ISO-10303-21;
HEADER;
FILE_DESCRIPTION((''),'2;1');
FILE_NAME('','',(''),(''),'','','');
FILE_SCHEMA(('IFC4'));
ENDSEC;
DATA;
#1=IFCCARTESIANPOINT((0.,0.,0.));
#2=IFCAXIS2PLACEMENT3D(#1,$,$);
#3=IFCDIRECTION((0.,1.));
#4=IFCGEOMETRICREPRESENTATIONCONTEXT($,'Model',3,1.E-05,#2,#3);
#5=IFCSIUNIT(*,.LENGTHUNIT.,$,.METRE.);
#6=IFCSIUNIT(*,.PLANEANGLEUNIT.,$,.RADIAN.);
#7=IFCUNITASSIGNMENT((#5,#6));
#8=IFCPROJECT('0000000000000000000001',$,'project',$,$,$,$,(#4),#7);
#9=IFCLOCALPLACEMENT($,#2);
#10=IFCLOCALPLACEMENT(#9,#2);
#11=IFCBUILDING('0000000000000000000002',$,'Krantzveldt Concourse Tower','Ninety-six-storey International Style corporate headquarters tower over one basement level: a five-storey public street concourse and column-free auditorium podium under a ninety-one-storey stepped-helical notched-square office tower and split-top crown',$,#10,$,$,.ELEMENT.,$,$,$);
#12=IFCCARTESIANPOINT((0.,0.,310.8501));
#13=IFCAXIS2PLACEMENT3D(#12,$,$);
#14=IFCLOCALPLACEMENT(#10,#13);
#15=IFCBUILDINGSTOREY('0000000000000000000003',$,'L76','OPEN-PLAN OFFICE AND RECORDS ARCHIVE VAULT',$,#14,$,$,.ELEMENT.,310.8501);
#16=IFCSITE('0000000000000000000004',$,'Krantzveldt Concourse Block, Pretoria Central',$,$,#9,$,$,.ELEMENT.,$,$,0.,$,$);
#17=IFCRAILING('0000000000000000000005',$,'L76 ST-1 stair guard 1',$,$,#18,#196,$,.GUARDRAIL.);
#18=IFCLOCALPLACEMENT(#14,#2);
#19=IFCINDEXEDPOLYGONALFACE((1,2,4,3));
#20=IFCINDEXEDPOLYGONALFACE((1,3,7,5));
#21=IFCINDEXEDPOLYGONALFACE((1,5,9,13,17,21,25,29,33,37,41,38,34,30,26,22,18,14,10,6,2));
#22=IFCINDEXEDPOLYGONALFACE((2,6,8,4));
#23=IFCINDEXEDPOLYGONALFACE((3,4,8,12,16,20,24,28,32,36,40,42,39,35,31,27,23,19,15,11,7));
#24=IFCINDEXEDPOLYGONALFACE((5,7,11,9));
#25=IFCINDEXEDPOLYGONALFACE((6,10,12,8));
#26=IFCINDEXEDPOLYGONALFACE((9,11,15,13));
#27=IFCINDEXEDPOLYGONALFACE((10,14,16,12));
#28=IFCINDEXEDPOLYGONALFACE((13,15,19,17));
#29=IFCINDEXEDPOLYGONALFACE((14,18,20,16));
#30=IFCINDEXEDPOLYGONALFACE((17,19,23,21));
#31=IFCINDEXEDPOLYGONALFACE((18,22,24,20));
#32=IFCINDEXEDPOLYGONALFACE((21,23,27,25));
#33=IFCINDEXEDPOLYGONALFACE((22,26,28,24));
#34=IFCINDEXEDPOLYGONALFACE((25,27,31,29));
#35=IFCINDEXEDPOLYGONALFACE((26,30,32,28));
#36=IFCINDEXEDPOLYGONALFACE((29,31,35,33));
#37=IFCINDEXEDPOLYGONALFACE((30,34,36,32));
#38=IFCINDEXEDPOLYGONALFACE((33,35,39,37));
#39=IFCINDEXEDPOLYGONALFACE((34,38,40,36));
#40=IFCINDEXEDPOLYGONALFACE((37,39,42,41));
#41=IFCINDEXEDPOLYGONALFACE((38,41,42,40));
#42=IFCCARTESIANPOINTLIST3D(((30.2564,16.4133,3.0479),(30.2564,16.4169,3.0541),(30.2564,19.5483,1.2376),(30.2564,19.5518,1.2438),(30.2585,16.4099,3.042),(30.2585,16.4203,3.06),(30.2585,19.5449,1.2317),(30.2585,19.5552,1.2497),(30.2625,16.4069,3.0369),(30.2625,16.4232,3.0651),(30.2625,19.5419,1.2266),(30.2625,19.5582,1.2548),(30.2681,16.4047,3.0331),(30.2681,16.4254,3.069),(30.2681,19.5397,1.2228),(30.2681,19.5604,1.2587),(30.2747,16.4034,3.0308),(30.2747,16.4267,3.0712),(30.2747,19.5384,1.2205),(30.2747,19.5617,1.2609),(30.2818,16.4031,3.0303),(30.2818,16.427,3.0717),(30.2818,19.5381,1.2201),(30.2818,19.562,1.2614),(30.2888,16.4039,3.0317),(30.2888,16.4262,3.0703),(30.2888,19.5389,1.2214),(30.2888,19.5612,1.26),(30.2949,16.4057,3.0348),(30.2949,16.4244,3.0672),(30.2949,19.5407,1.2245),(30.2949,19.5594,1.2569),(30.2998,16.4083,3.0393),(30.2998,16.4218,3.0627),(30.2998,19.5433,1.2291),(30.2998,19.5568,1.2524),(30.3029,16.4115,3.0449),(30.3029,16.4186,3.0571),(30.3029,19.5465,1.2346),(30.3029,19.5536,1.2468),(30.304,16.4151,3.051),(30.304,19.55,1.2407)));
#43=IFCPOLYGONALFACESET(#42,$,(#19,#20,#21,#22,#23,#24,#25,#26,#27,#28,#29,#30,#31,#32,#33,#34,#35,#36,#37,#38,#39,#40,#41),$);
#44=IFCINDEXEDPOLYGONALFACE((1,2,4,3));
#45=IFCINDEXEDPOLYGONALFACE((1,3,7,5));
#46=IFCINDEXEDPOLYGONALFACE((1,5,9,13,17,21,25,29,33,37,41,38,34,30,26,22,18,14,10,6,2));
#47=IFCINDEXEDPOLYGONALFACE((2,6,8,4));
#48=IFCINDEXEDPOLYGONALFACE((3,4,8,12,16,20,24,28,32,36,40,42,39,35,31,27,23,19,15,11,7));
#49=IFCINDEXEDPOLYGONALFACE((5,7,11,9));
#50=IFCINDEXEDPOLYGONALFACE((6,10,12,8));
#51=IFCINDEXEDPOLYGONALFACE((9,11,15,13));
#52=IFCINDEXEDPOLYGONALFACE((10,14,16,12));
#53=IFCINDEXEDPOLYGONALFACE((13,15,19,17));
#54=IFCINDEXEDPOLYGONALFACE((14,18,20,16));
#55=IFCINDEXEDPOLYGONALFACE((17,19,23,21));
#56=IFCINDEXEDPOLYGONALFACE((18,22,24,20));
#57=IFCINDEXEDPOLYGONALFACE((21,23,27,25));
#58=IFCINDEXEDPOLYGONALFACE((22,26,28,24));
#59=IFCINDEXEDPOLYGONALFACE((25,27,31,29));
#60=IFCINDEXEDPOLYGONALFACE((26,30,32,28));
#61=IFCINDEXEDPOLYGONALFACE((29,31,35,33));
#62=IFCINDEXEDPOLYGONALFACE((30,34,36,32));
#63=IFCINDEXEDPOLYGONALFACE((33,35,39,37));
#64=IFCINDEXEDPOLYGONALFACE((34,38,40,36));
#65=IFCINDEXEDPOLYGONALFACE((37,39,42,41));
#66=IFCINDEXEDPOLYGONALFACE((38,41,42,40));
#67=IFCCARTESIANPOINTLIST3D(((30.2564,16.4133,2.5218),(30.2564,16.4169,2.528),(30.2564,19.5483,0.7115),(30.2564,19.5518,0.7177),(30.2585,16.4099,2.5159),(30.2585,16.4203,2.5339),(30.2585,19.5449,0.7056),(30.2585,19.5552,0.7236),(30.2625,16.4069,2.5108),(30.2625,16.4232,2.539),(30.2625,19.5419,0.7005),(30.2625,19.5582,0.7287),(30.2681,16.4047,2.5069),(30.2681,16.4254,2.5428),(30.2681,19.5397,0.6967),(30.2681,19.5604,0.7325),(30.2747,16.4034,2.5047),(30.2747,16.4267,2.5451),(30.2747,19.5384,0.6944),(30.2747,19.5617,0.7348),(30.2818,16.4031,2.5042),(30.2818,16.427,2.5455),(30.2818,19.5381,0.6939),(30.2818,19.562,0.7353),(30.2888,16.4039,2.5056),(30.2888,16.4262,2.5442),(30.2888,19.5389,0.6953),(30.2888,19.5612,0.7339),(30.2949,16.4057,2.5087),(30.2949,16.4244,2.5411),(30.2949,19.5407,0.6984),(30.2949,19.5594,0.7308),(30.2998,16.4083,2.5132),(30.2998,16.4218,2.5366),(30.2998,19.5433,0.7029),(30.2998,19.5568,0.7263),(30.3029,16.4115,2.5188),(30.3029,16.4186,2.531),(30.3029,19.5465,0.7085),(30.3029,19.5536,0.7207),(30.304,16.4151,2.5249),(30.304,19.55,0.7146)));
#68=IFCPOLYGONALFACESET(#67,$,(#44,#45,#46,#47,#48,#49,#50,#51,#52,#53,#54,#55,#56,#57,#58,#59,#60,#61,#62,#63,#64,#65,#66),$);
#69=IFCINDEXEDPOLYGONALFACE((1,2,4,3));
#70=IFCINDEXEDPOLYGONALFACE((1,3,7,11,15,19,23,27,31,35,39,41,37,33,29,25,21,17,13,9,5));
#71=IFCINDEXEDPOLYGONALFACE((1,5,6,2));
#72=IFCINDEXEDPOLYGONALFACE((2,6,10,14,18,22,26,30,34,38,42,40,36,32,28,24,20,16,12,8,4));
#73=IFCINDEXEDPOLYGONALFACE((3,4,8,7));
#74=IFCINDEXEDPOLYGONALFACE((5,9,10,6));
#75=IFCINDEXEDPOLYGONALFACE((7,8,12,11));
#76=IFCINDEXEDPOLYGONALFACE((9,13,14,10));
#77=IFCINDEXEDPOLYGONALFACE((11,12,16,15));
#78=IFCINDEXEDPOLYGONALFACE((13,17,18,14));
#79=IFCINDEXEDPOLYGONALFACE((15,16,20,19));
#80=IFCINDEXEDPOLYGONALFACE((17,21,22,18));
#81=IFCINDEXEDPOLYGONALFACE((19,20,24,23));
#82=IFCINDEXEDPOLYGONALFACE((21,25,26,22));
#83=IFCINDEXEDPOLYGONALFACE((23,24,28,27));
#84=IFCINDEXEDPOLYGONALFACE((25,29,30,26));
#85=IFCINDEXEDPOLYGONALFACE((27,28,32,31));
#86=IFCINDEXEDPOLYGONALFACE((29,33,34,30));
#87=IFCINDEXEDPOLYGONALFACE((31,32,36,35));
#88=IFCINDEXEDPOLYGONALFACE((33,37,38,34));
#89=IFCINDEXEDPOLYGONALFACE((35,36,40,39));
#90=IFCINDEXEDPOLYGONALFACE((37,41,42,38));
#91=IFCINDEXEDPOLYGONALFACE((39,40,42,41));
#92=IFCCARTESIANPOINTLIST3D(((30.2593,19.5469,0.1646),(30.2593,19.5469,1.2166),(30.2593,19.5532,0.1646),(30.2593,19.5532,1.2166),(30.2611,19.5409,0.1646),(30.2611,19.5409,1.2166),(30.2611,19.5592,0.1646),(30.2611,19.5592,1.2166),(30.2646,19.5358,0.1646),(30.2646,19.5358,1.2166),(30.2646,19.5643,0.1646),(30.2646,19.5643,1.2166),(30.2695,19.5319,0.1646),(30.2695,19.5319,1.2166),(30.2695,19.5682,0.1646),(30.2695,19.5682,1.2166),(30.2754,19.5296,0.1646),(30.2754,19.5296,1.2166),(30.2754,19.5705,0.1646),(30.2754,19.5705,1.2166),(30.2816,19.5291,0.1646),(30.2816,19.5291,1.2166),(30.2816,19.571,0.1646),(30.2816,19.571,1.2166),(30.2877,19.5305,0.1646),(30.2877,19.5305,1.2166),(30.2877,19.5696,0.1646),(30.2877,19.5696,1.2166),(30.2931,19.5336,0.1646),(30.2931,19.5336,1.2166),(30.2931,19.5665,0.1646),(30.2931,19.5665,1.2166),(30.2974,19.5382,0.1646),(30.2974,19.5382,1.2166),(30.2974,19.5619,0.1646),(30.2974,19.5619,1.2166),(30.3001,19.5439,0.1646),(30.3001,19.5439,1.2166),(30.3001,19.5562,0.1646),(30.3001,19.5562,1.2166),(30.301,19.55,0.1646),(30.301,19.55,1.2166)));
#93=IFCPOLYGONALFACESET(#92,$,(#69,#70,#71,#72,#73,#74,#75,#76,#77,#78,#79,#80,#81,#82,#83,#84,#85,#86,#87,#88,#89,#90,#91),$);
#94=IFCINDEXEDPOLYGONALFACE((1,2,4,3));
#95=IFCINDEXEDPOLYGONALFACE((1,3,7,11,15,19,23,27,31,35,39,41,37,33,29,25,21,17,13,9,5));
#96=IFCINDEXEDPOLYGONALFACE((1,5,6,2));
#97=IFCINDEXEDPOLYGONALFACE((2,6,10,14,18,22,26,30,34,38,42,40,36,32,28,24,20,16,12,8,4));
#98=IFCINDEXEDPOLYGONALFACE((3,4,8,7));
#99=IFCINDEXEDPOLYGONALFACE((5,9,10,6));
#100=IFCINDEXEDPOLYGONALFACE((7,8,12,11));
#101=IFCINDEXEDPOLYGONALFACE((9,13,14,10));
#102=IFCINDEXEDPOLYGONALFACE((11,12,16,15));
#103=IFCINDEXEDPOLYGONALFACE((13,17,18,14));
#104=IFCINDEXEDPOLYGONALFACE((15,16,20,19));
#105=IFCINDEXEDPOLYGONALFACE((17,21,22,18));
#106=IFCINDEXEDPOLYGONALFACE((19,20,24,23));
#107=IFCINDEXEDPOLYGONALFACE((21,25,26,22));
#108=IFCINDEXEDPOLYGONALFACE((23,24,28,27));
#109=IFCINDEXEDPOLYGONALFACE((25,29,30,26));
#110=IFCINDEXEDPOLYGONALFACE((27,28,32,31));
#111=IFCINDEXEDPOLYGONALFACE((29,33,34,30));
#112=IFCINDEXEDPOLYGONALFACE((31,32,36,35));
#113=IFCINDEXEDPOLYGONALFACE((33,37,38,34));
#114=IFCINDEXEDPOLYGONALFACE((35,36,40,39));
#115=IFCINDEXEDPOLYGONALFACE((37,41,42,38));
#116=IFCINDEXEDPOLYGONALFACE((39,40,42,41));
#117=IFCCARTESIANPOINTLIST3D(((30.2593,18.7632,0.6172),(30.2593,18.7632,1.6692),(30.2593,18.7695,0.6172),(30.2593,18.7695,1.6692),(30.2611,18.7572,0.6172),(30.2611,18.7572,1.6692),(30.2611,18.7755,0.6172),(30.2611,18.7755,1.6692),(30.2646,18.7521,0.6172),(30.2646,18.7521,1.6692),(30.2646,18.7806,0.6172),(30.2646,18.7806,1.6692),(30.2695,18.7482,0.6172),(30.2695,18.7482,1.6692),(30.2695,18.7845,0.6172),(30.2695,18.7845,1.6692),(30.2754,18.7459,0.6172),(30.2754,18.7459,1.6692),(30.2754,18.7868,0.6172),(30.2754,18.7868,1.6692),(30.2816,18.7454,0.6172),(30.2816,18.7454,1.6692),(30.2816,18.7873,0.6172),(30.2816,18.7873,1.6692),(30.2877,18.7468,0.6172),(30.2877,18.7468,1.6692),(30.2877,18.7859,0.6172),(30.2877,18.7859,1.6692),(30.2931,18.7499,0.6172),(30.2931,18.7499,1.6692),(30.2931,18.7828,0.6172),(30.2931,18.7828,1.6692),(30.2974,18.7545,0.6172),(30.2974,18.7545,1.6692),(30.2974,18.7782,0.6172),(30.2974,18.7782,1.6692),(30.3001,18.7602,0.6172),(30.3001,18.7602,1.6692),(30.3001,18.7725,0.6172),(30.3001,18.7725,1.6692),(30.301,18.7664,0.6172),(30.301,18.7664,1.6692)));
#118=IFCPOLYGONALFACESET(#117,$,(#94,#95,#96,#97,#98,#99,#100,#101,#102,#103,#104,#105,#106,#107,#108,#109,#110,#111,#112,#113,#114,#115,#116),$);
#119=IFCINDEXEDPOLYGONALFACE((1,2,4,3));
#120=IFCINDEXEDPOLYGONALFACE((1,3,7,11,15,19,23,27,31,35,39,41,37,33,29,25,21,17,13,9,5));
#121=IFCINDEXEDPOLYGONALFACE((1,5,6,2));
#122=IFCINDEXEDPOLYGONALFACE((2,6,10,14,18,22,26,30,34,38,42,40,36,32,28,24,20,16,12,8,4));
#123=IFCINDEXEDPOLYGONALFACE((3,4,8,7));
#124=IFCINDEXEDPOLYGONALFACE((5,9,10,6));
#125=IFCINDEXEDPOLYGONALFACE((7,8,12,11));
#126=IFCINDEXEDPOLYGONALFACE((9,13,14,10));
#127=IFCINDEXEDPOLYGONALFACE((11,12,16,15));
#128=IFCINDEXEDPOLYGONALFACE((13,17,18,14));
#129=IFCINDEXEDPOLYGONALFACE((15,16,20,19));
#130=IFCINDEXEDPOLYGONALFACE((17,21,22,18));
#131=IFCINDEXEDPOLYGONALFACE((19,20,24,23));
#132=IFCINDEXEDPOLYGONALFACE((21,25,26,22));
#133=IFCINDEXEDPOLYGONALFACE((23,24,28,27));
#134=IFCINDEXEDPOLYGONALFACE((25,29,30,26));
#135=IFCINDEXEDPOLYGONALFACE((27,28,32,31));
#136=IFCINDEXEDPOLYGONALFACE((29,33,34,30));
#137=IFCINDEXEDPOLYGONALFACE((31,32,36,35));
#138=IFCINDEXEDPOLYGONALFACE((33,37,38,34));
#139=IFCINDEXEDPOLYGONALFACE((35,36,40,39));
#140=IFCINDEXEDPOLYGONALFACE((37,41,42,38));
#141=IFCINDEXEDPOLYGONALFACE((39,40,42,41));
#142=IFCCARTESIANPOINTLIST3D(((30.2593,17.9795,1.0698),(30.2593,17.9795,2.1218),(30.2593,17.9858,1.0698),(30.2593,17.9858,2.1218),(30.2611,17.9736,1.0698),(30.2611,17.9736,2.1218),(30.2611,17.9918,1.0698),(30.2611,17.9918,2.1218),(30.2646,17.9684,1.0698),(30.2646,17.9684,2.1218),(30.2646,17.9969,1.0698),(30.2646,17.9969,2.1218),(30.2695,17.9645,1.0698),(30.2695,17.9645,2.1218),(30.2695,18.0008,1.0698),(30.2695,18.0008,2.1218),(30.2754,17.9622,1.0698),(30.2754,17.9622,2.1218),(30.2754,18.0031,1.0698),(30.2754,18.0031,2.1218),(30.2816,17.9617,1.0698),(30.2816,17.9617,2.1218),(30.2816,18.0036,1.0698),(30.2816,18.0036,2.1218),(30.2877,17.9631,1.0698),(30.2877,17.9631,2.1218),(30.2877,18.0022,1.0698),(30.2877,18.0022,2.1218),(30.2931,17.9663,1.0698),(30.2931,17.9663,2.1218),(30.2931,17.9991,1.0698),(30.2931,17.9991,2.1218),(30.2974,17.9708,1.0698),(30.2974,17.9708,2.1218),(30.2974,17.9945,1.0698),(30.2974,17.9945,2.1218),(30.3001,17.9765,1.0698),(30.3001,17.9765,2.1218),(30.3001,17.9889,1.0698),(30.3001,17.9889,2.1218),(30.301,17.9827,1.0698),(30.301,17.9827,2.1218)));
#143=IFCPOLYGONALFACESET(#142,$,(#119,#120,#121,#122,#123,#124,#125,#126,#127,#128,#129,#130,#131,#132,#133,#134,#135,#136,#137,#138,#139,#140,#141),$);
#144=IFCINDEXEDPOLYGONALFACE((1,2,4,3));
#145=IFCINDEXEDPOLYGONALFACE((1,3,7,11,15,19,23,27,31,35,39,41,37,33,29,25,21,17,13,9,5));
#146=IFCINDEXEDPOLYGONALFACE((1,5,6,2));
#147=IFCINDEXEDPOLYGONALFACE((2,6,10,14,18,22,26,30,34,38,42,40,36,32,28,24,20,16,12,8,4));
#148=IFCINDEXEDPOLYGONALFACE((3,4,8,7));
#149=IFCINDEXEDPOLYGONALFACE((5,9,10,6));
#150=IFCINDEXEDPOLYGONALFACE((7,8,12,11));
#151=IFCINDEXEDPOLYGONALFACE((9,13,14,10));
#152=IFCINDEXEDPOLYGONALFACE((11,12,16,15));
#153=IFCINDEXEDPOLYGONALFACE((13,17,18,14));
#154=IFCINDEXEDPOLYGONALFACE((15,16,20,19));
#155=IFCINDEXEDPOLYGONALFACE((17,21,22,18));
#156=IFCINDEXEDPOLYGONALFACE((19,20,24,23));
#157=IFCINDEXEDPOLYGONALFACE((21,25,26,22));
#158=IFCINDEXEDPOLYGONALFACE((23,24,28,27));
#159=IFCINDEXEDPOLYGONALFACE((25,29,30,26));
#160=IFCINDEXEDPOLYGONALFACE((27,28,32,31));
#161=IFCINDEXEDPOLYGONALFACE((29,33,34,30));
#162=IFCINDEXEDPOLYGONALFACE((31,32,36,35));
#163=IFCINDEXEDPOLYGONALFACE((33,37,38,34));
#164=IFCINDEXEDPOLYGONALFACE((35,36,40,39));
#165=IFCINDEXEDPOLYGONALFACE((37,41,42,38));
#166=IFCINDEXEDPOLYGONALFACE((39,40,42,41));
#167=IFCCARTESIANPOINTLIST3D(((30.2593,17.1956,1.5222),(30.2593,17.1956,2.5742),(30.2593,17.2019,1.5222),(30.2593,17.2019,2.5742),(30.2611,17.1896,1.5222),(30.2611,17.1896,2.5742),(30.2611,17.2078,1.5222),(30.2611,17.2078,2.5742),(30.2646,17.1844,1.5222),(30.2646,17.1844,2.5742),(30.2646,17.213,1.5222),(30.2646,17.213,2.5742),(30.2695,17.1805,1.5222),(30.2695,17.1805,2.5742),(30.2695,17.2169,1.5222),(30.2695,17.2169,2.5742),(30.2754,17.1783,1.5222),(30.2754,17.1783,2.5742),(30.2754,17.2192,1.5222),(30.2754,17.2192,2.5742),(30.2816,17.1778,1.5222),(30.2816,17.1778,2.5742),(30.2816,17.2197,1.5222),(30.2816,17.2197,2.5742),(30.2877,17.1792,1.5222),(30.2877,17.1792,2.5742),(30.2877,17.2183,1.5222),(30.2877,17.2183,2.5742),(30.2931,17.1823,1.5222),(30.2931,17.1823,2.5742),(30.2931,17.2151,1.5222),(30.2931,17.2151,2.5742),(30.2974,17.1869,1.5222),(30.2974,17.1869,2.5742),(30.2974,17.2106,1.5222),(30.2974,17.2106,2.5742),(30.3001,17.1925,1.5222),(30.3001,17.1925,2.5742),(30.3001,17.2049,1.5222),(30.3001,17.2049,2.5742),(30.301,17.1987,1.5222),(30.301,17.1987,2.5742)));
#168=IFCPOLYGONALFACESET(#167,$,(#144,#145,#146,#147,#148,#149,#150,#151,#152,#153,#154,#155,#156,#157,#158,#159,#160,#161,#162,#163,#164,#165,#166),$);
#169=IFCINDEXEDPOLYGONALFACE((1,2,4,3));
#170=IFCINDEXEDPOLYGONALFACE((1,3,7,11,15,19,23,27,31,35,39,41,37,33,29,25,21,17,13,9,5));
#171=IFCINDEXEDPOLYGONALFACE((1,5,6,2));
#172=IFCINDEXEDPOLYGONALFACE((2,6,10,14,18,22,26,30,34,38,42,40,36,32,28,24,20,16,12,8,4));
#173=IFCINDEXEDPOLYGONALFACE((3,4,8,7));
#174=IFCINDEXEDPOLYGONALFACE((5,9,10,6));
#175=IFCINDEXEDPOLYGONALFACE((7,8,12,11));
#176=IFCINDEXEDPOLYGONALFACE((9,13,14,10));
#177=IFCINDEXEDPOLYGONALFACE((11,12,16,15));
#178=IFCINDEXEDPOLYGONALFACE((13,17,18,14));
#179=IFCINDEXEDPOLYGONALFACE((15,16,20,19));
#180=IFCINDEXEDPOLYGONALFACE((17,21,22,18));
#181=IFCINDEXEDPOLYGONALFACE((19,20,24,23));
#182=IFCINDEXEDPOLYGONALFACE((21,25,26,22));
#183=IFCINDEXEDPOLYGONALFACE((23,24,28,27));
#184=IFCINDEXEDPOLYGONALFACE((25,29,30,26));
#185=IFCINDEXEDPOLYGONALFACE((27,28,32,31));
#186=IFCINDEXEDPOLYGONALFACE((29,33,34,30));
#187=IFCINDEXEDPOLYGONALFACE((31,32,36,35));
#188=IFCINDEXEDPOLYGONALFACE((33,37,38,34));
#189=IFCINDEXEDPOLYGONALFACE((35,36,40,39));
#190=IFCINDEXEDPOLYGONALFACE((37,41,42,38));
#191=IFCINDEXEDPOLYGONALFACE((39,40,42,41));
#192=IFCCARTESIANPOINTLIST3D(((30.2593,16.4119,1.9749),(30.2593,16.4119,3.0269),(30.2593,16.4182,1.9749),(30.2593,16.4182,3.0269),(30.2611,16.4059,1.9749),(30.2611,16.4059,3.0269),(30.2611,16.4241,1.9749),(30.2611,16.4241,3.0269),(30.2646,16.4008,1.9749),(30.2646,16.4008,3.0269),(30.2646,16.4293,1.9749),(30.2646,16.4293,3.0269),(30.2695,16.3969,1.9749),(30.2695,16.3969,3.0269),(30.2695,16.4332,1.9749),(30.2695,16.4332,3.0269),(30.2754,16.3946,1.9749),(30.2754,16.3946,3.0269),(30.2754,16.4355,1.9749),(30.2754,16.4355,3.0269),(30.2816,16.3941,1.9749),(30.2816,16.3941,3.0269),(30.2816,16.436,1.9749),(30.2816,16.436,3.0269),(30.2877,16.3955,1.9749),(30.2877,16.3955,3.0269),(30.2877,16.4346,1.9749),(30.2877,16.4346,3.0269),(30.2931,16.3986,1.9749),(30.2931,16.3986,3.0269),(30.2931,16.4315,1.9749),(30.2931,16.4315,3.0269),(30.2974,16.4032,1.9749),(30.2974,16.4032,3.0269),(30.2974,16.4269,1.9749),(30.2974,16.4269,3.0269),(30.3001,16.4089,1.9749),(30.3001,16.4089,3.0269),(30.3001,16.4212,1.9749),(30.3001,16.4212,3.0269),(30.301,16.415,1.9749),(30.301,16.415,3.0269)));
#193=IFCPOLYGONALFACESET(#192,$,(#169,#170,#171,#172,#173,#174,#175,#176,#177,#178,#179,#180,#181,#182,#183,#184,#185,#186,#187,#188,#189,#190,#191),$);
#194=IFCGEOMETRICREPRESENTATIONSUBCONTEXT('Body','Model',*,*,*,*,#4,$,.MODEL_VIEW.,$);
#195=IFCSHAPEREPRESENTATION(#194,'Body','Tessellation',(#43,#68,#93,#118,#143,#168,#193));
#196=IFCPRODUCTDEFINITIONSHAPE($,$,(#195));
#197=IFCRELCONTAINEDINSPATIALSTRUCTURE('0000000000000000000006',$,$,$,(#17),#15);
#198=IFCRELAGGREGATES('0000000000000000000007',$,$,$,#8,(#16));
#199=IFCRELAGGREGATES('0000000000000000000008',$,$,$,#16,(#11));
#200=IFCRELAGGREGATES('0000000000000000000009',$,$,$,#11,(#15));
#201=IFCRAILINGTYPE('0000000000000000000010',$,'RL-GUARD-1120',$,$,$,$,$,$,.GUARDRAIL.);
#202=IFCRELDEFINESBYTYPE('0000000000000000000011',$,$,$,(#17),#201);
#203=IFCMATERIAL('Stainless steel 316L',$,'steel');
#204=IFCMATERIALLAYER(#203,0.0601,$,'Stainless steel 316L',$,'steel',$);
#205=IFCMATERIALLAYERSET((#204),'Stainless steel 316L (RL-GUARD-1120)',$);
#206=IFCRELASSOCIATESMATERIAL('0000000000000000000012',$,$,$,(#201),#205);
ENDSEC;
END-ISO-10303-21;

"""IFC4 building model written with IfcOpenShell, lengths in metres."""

from ifc_helpers import new_model, si_unit, direction, frame, origin, origin_2d, place, context, subcontext, project, spatial, circle, extrude, material, layer, layer_set, type_object, element, save


model = new_model("IFC4")

# Units and contexts
model_context = context("Model", 3, precision=1e-05, world=origin(), true_north=direction((0.0, 1.0)))
body_context = subcontext(model_context, "Body", "Model", "MODEL_VIEW")
ifc_project = project(units=[si_unit("LENGTHUNIT", "METRE"), si_unit("PLANEANGLEUNIT", "RADIAN")], contexts=[model_context])

# Site, building, storey
site_placement = place(None, origin())
site = spatial("IfcSite", under=ifc_project, at=site_placement, Name="Krantzveldt Concourse Block, Pretoria Central", CompositionType="ELEMENT", RefElevation=0.0)
building_placement = place(site_placement, origin())
building = spatial("IfcBuilding", under=site, at=building_placement, Name="Krantzveldt Concourse Tower", Description="Ninety-six-storey International Style corporate headquarters tower over one basement level: a five-storey public street concourse and column-free auditorium podium under a ninety-one-storey stepped-helical notched-square office tower and split-top crown", CompositionType="ELEMENT")
storey_placement = place(building_placement, frame((0.0, 0.0, 310.8501)))
storey = spatial("IfcBuildingStorey", under=building, at=storey_placement, Name="L76", Description="OPEN-PLAN OFFICE AND RECORDS ARCHIVE VAULT", CompositionType="ELEMENT", Elevation=310.8501)

# Shared definitions
ifc_material_1 = material(Name="Stainless steel 316L", Category="steel")

# Railing
ifc_layer_1 = layer(ifc_material_1, 0.0601, Name="Stainless steel 316L", Category="steel")
ifc_layer_set_1 = layer_set([ifc_layer_1], Name="Stainless steel 316L (RL-GUARD-1120)")
railing_type_1 = type_object("IfcRailingType", Name="RL-GUARD-1120", PredefinedType="GUARDRAIL", material=ifc_layer_set_1)
railing_1_placement = place(storey_placement, frame((30.28, 19.55, 0.1646)))
element("IfcRailing", 1, at=railing_1_placement, inside=storey, type_object=railing_type_1, Name="L76 ST-1 stair guard 1", PredefinedType="GUARDRAIL", context=body_context, shape_type="SweptSolid", body=[
    extrude(circle(Radius=0.0239, at=origin_2d()), frame((0.0, 0.0, 1.0762), z_axis=(0.0, -0.865989, 0.500063), x_axis=(1.0, 0.0, 0.0)), (0.0, 0.0, 1.0), 3.6201),
    extrude(circle(Radius=0.0239, at=origin_2d()), frame((0.0, 0.0, 0.55), z_axis=(0.0, -0.865989, 0.500063), x_axis=(1.0, 0.0, 0.0)), (0.0, 0.0, 1.0), 3.6201),
    extrude(circle(Radius=0.021, at=origin_2d()), origin(), (0.0, 0.0, 1.0), 1.052),
    extrude(circle(Radius=0.021, at=origin_2d()), frame((0.0, -0.7837, 0.4526)), (0.0, 0.0, 1.0), 1.052),
    extrude(circle(Radius=0.021, at=origin_2d()), frame((0.0, -1.5674, 0.9053)), (0.0, 0.0, 1.0), 1.052),
    extrude(circle(Radius=0.021, at=origin_2d()), frame((0.0, -2.3513, 1.3577)), (0.0, 0.0, 1.0), 1.052),
    extrude(circle(Radius=0.021, at=origin_2d()), frame((0.0, -3.135, 1.8103)), (0.0, 0.0, 1.0), 1.052),
])

save(model, "model.ifc")
